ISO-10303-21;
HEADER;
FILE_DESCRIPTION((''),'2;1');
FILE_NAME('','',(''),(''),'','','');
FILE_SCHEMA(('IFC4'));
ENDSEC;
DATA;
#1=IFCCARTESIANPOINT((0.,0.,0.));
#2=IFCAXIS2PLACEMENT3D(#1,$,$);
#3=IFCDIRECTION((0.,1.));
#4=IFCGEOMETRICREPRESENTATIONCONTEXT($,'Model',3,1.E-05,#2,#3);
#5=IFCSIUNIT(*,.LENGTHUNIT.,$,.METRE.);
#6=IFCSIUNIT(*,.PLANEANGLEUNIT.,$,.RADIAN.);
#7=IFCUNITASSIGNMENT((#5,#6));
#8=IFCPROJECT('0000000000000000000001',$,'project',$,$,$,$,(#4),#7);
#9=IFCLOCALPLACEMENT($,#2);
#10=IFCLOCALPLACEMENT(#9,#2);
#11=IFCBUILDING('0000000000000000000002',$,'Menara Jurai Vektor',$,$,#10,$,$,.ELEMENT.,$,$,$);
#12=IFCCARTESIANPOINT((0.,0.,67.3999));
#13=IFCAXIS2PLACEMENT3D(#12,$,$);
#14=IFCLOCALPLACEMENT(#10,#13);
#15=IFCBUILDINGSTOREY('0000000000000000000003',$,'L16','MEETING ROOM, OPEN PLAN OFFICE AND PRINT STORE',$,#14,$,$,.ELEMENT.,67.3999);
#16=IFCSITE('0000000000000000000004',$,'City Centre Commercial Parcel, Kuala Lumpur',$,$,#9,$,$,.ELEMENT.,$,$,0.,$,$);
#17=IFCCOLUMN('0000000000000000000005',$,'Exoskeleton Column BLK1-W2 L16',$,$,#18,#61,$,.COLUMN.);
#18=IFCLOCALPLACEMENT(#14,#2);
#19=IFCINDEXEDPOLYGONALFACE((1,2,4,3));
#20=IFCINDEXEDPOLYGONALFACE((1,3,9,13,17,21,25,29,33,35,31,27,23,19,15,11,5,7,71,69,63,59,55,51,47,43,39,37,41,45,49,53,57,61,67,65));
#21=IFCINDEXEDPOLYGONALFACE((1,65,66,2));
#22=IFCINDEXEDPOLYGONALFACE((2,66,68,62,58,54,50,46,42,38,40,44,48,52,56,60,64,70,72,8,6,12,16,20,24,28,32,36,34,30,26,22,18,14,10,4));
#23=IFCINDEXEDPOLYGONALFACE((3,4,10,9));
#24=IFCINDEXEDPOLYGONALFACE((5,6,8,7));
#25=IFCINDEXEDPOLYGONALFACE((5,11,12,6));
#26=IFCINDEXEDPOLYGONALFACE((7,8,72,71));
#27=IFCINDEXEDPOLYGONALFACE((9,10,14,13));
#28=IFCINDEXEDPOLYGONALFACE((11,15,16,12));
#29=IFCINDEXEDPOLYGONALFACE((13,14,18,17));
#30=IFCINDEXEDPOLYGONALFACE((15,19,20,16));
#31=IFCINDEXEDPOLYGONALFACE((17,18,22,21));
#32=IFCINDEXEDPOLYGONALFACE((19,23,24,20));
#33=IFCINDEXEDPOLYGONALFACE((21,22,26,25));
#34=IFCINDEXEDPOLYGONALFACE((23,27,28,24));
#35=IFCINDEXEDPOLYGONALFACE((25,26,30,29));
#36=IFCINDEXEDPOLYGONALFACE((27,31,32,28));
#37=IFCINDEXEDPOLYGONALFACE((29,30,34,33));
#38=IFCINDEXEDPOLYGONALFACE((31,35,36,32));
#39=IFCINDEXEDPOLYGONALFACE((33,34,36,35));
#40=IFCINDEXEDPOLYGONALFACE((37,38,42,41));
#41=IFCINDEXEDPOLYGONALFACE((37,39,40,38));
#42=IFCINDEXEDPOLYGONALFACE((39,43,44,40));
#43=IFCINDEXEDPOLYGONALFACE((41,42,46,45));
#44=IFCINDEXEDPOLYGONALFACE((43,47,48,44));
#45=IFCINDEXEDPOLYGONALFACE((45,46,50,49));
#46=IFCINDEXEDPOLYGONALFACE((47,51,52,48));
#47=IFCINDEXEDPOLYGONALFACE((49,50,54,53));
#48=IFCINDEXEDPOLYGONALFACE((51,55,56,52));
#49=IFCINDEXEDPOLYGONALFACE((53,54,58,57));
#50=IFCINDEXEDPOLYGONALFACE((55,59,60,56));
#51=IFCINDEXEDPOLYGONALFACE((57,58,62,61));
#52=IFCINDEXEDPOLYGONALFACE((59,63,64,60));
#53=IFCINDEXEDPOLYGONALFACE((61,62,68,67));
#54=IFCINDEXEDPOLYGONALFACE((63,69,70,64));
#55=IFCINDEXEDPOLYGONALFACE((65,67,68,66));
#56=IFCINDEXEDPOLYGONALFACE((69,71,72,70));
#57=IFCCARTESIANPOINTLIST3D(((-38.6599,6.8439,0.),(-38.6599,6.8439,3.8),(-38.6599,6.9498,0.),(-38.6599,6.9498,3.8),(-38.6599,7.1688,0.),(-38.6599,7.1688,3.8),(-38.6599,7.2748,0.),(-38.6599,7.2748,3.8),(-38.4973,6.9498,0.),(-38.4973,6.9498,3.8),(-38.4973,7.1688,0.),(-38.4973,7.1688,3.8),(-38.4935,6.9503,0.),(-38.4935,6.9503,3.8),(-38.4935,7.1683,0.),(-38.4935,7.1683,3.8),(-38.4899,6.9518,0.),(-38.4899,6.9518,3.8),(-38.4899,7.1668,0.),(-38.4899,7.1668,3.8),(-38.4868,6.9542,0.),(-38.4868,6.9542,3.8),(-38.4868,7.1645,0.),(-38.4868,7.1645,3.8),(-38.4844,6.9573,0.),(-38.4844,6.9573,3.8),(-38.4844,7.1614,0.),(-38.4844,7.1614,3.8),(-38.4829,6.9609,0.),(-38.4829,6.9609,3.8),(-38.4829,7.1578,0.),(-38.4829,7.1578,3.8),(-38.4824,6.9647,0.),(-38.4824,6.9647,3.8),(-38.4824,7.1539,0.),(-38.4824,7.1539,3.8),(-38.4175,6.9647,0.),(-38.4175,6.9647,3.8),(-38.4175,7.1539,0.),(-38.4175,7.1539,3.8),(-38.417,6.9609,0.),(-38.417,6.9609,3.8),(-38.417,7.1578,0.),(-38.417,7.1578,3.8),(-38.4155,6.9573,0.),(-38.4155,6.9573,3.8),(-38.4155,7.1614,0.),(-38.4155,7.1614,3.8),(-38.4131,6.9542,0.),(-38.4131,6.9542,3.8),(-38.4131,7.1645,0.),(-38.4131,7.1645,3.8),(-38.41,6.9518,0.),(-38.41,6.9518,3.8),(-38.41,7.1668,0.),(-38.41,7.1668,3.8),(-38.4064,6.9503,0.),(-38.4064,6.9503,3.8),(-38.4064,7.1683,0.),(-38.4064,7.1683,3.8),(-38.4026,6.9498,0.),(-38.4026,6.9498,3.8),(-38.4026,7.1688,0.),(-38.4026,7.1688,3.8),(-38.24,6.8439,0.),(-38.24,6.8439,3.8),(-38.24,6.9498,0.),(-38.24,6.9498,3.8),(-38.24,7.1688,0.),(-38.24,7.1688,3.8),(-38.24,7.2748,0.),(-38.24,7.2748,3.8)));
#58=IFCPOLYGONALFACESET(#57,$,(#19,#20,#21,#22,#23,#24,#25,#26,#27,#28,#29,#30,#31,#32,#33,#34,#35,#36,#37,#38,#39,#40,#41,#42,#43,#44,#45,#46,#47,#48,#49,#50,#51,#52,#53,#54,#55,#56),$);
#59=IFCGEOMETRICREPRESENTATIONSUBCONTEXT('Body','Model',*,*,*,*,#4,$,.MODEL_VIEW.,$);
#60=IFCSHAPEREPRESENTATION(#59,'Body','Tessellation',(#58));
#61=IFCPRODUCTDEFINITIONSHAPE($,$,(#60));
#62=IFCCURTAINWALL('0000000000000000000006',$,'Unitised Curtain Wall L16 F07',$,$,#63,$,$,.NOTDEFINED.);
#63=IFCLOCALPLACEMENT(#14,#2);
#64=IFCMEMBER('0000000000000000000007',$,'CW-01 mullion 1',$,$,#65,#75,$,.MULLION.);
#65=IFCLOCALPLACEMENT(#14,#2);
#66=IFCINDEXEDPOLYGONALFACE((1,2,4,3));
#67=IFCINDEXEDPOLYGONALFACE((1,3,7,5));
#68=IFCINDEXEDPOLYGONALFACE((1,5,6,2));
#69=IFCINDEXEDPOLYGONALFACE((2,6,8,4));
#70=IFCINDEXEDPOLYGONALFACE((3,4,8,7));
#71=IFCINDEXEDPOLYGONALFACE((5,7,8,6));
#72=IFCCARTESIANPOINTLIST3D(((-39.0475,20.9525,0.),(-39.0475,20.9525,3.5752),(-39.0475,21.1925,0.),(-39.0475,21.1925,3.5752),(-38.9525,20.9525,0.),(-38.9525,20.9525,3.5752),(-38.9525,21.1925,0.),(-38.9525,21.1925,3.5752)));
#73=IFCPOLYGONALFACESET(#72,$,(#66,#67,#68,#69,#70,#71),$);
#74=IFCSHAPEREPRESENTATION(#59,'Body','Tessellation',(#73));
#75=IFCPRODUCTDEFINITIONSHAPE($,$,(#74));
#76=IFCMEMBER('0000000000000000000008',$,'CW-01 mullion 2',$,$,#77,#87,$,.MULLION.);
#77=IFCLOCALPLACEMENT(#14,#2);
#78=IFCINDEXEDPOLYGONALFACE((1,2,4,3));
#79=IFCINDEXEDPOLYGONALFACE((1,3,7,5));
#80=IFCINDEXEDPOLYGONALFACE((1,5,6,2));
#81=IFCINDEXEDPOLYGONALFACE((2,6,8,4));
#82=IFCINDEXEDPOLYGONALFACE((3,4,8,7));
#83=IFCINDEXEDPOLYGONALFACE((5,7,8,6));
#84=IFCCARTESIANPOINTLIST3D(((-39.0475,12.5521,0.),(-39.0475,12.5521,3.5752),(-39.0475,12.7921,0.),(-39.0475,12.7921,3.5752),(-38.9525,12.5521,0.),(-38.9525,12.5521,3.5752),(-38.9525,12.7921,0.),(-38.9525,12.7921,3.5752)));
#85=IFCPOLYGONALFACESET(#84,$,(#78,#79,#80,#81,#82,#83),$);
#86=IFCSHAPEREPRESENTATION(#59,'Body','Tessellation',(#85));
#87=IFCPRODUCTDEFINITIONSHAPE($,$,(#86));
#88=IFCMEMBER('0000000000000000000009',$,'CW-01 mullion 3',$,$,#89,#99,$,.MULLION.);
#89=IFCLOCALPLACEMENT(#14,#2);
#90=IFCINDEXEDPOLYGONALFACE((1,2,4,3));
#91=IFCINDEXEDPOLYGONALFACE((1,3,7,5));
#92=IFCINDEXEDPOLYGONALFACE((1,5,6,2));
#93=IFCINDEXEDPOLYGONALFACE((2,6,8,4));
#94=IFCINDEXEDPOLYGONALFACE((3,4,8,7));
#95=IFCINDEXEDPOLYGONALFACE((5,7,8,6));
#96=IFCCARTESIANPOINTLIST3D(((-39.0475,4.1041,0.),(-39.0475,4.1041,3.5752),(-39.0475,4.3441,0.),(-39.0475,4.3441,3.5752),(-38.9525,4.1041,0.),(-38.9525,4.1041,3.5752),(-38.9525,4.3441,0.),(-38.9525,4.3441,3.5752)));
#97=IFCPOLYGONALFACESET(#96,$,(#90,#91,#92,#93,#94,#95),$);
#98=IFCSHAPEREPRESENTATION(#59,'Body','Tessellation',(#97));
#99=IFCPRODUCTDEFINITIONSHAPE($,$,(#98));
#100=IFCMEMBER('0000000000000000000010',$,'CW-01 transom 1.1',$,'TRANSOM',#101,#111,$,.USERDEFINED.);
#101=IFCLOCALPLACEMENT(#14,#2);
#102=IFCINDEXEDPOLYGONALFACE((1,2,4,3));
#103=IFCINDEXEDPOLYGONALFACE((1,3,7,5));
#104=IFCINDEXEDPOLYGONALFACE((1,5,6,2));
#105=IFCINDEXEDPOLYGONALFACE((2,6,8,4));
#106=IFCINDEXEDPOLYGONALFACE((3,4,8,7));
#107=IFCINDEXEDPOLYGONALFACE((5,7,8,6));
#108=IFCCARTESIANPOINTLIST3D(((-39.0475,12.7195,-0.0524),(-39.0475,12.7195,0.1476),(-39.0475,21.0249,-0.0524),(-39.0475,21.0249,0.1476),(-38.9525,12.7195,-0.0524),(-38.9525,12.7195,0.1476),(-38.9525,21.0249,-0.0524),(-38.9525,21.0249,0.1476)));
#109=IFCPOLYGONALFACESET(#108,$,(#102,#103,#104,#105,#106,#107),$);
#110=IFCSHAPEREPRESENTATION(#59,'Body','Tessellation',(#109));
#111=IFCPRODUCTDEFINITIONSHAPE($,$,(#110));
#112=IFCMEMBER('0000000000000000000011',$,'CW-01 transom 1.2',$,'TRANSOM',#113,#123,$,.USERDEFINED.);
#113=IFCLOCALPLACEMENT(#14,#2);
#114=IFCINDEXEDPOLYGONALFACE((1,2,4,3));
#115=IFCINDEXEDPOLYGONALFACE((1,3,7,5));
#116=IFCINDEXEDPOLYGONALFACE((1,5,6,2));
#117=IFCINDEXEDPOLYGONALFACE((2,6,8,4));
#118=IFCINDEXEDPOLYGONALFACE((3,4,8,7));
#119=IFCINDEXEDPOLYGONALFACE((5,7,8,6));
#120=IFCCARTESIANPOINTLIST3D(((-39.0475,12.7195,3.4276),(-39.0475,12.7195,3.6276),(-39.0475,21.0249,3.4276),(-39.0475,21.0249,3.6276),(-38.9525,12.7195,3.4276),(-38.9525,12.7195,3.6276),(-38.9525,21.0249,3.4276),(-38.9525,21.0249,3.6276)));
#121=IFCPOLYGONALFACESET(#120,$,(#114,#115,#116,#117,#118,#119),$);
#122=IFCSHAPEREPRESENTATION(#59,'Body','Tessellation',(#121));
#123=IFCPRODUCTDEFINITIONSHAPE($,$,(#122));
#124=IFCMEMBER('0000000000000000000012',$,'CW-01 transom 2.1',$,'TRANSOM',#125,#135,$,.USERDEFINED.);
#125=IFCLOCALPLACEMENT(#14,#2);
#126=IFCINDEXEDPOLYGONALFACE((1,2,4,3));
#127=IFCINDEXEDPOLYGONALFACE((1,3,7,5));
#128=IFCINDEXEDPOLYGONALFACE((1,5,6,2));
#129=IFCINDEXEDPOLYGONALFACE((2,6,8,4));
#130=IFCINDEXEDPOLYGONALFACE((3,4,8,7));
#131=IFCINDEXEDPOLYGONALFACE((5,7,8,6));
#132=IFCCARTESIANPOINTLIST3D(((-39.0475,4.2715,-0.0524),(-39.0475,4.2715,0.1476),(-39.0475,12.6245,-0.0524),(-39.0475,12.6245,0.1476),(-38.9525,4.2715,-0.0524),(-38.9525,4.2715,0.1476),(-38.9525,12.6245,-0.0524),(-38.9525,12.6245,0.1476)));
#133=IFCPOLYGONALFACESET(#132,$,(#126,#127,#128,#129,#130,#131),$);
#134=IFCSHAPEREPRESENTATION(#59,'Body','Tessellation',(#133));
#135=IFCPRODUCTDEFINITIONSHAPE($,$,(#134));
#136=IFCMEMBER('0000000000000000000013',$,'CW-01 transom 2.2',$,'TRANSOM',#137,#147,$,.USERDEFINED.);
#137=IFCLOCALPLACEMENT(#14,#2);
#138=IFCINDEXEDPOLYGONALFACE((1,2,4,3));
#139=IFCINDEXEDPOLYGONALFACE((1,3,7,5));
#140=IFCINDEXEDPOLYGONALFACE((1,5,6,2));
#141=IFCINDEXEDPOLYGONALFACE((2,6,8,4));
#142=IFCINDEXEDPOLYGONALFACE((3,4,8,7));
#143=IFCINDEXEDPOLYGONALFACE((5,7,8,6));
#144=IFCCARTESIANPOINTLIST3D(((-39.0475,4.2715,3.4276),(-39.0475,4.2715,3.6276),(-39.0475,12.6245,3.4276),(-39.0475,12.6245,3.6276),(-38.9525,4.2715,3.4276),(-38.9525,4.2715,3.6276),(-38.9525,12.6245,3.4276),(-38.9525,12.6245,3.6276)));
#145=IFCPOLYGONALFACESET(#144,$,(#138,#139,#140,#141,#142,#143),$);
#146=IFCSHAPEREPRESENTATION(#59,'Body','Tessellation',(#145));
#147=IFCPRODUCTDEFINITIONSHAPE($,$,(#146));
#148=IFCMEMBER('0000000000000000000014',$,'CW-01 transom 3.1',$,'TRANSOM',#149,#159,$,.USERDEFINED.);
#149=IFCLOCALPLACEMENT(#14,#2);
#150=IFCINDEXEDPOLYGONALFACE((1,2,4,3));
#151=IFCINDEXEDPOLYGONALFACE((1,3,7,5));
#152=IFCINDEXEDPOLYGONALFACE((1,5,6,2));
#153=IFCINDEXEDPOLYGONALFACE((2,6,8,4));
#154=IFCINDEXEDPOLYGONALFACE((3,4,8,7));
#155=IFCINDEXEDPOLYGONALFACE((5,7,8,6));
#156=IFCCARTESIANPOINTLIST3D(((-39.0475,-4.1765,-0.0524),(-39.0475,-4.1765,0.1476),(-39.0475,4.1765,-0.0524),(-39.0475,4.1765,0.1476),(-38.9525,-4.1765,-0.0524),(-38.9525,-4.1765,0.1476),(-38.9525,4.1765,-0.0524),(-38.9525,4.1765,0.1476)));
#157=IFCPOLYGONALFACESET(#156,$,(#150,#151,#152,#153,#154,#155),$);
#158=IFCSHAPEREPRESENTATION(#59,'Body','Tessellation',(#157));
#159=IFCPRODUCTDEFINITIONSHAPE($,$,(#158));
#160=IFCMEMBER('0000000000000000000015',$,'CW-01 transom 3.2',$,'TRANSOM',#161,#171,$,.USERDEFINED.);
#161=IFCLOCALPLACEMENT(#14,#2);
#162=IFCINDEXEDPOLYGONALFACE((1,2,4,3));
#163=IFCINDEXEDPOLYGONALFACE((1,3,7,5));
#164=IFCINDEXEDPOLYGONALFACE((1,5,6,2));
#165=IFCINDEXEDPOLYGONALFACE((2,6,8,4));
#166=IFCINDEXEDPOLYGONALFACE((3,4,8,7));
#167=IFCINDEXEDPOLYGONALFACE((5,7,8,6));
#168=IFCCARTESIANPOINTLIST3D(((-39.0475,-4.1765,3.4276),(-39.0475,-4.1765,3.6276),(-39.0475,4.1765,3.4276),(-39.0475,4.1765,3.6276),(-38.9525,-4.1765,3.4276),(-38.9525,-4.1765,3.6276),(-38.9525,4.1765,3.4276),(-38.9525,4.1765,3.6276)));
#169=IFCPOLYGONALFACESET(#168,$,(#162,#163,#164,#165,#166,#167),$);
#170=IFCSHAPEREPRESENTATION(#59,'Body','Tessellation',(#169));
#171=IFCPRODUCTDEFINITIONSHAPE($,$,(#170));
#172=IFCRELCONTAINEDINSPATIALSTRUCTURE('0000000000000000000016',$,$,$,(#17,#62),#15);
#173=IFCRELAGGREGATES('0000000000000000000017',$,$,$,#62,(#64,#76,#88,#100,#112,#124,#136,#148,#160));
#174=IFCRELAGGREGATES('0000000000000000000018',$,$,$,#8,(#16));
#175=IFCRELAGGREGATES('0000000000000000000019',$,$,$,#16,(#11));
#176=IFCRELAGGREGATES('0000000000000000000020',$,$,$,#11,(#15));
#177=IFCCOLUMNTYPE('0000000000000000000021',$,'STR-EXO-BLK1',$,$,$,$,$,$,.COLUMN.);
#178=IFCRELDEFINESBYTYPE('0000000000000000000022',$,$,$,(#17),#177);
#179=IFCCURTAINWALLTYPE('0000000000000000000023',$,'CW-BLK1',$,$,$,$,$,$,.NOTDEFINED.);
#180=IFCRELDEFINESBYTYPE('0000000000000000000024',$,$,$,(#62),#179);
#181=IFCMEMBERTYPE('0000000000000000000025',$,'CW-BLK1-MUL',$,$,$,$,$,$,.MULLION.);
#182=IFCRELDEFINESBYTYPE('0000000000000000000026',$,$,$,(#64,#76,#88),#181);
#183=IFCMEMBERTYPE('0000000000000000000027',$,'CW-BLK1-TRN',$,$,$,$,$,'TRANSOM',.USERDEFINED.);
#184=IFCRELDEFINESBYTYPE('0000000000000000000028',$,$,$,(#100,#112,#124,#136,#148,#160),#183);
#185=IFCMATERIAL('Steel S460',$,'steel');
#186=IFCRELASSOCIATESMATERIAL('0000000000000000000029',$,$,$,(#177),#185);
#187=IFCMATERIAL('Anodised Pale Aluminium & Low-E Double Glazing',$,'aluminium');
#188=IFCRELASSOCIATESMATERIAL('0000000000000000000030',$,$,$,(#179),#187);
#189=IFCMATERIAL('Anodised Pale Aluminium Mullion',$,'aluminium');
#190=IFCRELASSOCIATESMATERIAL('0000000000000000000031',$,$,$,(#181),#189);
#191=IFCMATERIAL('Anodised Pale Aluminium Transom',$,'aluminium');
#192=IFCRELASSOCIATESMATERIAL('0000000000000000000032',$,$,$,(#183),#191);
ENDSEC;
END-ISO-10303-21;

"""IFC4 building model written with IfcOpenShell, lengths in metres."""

from ifc_helpers import new_model, si_unit, direction, frame, origin, origin_2d, place, context, subcontext, project, spatial, rectangle, i_section, extrude, material, material_profile, profile_set, type_object, element, aggregate, save


model = new_model("IFC4")

# Units and contexts
model_context = context("Model", 3, precision=1e-05, world=origin(), true_north=direction((0.0, 1.0)))
body_context = subcontext(model_context, "Body", "Model", "MODEL_VIEW")
ifc_project = project(units=[si_unit("LENGTHUNIT", "METRE"), si_unit("PLANEANGLEUNIT", "RADIAN")], contexts=[model_context])

# Site, building, storey
site_placement = place(None, origin())
site = spatial("IfcSite", under=ifc_project, at=site_placement, Name="City Centre Commercial Parcel, Kuala Lumpur", CompositionType="ELEMENT", RefElevation=0.0)
building_placement = place(site_placement, origin())
building = spatial("IfcBuilding", under=site, at=building_placement, Name="Menara Jurai Vektor", CompositionType="ELEMENT")
storey_placement = place(building_placement, frame((0.0, 0.0, 67.3999)))
storey = spatial("IfcBuildingStorey", under=building, at=storey_placement, Name="L16", Description="MEETING ROOM, OPEN PLAN OFFICE AND PRINT STORE", CompositionType="ELEMENT", Elevation=67.3999)

# Column
ifc_material_1 = material(Name="Steel S460", Category="steel")
ifc_material_profile_1 = material_profile(ifc_material_1, i_section(OverallWidth=0.4199, OverallDepth=0.4309, WebThickness=0.0649, FlangeThickness=0.106, FilletRadius=0.0149, at=origin_2d()), Name="HD 400x900")
ifc_profile_set_1 = profile_set([ifc_material_profile_1], Name="Steel S460")
column_type = type_object("IfcColumnType", Name="STR-EXO-BLK1", PredefinedType="COLUMN", material=ifc_profile_set_1)
column_placement = place(storey_placement, frame((-38.45, 7.0593, 0.0), z_axis=(0.0, 0.0, 1.0), x_axis=(1.0, 0.0, 0.0)))
element("IfcColumn", 1, at=column_placement, inside=storey, type_object=column_type, Name="Exoskeleton Column BLK1-W2 L16", PredefinedType="COLUMN", context=body_context, shape_type="SweptSolid", body=[
    extrude(i_section(OverallWidth=0.4199, OverallDepth=0.4309, WebThickness=0.0649, FlangeThickness=0.106, FilletRadius=0.0149, at=origin_2d()), origin(), (0.0, 0.0, 1.0), 3.8),
])

# Curtain wall, members
ifc_material_2 = material(Name="Anodised Pale Aluminium & Low-E Double Glazing", Category="aluminium")
curtain_wall_type = type_object("IfcCurtainWallType", Name="CW-BLK1", PredefinedType="NOTDEFINED", material=ifc_material_2)
curtain_wall_placement = place(storey_placement, origin())
curtain_wall = element("IfcCurtainWall", 2, at=curtain_wall_placement, inside=storey, type_object=curtain_wall_type, Name="Unitised Curtain Wall L16 F07", PredefinedType="NOTDEFINED")
ifc_material_3 = material(Name="Anodised Pale Aluminium Mullion", Category="aluminium")
ifc_material_profile_2 = material_profile(ifc_material_3, rectangle(XDim=0.095, YDim=0.24, at=origin_2d()), Name="ALU MUL 95x240")
ifc_profile_set_2 = profile_set([ifc_material_profile_2], Name="Anodised Pale Aluminium Mullion")
member_type_1 = type_object("IfcMemberType", Name="CW-BLK1-MUL", PredefinedType="MULLION", material=ifc_profile_set_2)
member_1_placement = place(storey_placement, frame((-39.0, 21.0725, 0.0), z_axis=(0.0, 0.0, 1.0), x_axis=(1.0, 0.0, 0.0)))
member_1 = element("IfcMember", 3, at=member_1_placement, type_object=member_type_1, Name="CW-01 mullion 1", PredefinedType="MULLION", context=body_context, shape_type="SweptSolid", body=[
    extrude(rectangle(XDim=0.095, YDim=0.24, at=origin_2d()), origin(), (0.0, 0.0, 1.0), 3.5752),
])
member_2_placement = place(storey_placement, frame((-39.0, 12.6721, 0.0), z_axis=(0.0, 0.0, 1.0), x_axis=(1.0, 0.0, 0.0)))
member_2 = element("IfcMember", 4, at=member_2_placement, type_object=member_type_1, Name="CW-01 mullion 2", PredefinedType="MULLION", context=body_context, shape_type="SweptSolid", body=[
    extrude(rectangle(XDim=0.095, YDim=0.24, at=origin_2d()), origin(), (0.0, 0.0, 1.0), 3.5752),
])
member_3_placement = place(storey_placement, frame((-39.0, 4.2241, 0.0), z_axis=(0.0, 0.0, 1.0), x_axis=(1.0, 0.0, 0.0)))
member_3 = element("IfcMember", 5, at=member_3_placement, type_object=member_type_1, Name="CW-01 mullion 3", PredefinedType="MULLION", context=body_context, shape_type="SweptSolid", body=[
    extrude(rectangle(XDim=0.095, YDim=0.24, at=origin_2d()), origin(), (0.0, 0.0, 1.0), 3.5752),
])
ifc_material_4 = material(Name="Anodised Pale Aluminium Transom", Category="aluminium")
ifc_material_profile_3 = material_profile(ifc_material_4, rectangle(XDim=0.095, YDim=0.2, at=origin_2d()), Name="ALU TRN 95x200")
ifc_profile_set_3 = profile_set([ifc_material_profile_3], Name="Anodised Pale Aluminium Transom")
member_type_2 = type_object("IfcMemberType", Name="CW-BLK1-TRN", ElementType="TRANSOM", PredefinedType="USERDEFINED", material=ifc_profile_set_3)
member_4_placement = place(storey_placement, frame((-39.0, 21.0249, 0.0476), z_axis=(0.0, -1.0, 0.0), x_axis=(1.0, 0.0, 0.0)))
member_4 = element("IfcMember", 6, at=member_4_placement, type_object=member_type_2, Name="CW-01 transom 1.1", ObjectType="TRANSOM", PredefinedType="USERDEFINED", context=body_context, shape_type="SweptSolid", body=[
    extrude(rectangle(XDim=0.095, YDim=0.2, at=origin_2d()), origin(), (0.0, 0.0, 1.0), 8.3054),
])
member_5_placement = place(storey_placement, frame((-39.0, 21.0249, 3.5276), z_axis=(0.0, -1.0, 0.0), x_axis=(1.0, 0.0, 0.0)))
member_5 = element("IfcMember", 7, at=member_5_placement, type_object=member_type_2, Name="CW-01 transom 1.2", ObjectType="TRANSOM", PredefinedType="USERDEFINED", context=body_context, shape_type="SweptSolid", body=[
    extrude(rectangle(XDim=0.095, YDim=0.2, at=origin_2d()), origin(), (0.0, 0.0, 1.0), 8.3054),
])
member_6_placement = place(storey_placement, frame((-39.0, 12.6245, 0.0476), z_axis=(0.0, -1.0, 0.0), x_axis=(1.0, 0.0, 0.0)))
member_6 = element("IfcMember", 8, at=member_6_placement, type_object=member_type_2, Name="CW-01 transom 2.1", ObjectType="TRANSOM", PredefinedType="USERDEFINED", context=body_context, shape_type="SweptSolid", body=[
    extrude(rectangle(XDim=0.095, YDim=0.2, at=origin_2d()), origin(), (0.0, 0.0, 1.0), 8.353),
])
member_7_placement = place(storey_placement, frame((-39.0, 12.6245, 3.5276), z_axis=(0.0, -1.0, 0.0), x_axis=(1.0, 0.0, 0.0)))
member_7 = element("IfcMember", 9, at=member_7_placement, type_object=member_type_2, Name="CW-01 transom 2.2", ObjectType="TRANSOM", PredefinedType="USERDEFINED", context=body_context, shape_type="SweptSolid", body=[
    extrude(rectangle(XDim=0.095, YDim=0.2, at=origin_2d()), origin(), (0.0, 0.0, 1.0), 8.353),
])
member_8_placement = place(storey_placement, frame((-39.0, 4.1765, 0.0476), z_axis=(0.0, -1.0, 0.0), x_axis=(1.0, 0.0, 0.0)))
member_8 = element("IfcMember", 10, at=member_8_placement, type_object=member_type_2, Name="CW-01 transom 3.1", ObjectType="TRANSOM", PredefinedType="USERDEFINED", context=body_context, shape_type="SweptSolid", body=[
    extrude(rectangle(XDim=0.095, YDim=0.2, at=origin_2d()), origin(), (0.0, 0.0, 1.0), 8.353),
])
member_9_placement = place(storey_placement, frame((-39.0, 4.1765, 3.5276), z_axis=(0.0, -1.0, 0.0), x_axis=(1.0, 0.0, 0.0)))
member_9 = element("IfcMember", 11, at=member_9_placement, type_object=member_type_2, Name="CW-01 transom 3.2", ObjectType="TRANSOM", PredefinedType="USERDEFINED", context=body_context, shape_type="SweptSolid", body=[
    extrude(rectangle(XDim=0.095, YDim=0.2, at=origin_2d()), origin(), (0.0, 0.0, 1.0), 8.353),
])

aggregate(curtain_wall, [member_1, member_2, member_3, member_4, member_5, member_6, member_7, member_8, member_9])

save(model, "model.ifc")
